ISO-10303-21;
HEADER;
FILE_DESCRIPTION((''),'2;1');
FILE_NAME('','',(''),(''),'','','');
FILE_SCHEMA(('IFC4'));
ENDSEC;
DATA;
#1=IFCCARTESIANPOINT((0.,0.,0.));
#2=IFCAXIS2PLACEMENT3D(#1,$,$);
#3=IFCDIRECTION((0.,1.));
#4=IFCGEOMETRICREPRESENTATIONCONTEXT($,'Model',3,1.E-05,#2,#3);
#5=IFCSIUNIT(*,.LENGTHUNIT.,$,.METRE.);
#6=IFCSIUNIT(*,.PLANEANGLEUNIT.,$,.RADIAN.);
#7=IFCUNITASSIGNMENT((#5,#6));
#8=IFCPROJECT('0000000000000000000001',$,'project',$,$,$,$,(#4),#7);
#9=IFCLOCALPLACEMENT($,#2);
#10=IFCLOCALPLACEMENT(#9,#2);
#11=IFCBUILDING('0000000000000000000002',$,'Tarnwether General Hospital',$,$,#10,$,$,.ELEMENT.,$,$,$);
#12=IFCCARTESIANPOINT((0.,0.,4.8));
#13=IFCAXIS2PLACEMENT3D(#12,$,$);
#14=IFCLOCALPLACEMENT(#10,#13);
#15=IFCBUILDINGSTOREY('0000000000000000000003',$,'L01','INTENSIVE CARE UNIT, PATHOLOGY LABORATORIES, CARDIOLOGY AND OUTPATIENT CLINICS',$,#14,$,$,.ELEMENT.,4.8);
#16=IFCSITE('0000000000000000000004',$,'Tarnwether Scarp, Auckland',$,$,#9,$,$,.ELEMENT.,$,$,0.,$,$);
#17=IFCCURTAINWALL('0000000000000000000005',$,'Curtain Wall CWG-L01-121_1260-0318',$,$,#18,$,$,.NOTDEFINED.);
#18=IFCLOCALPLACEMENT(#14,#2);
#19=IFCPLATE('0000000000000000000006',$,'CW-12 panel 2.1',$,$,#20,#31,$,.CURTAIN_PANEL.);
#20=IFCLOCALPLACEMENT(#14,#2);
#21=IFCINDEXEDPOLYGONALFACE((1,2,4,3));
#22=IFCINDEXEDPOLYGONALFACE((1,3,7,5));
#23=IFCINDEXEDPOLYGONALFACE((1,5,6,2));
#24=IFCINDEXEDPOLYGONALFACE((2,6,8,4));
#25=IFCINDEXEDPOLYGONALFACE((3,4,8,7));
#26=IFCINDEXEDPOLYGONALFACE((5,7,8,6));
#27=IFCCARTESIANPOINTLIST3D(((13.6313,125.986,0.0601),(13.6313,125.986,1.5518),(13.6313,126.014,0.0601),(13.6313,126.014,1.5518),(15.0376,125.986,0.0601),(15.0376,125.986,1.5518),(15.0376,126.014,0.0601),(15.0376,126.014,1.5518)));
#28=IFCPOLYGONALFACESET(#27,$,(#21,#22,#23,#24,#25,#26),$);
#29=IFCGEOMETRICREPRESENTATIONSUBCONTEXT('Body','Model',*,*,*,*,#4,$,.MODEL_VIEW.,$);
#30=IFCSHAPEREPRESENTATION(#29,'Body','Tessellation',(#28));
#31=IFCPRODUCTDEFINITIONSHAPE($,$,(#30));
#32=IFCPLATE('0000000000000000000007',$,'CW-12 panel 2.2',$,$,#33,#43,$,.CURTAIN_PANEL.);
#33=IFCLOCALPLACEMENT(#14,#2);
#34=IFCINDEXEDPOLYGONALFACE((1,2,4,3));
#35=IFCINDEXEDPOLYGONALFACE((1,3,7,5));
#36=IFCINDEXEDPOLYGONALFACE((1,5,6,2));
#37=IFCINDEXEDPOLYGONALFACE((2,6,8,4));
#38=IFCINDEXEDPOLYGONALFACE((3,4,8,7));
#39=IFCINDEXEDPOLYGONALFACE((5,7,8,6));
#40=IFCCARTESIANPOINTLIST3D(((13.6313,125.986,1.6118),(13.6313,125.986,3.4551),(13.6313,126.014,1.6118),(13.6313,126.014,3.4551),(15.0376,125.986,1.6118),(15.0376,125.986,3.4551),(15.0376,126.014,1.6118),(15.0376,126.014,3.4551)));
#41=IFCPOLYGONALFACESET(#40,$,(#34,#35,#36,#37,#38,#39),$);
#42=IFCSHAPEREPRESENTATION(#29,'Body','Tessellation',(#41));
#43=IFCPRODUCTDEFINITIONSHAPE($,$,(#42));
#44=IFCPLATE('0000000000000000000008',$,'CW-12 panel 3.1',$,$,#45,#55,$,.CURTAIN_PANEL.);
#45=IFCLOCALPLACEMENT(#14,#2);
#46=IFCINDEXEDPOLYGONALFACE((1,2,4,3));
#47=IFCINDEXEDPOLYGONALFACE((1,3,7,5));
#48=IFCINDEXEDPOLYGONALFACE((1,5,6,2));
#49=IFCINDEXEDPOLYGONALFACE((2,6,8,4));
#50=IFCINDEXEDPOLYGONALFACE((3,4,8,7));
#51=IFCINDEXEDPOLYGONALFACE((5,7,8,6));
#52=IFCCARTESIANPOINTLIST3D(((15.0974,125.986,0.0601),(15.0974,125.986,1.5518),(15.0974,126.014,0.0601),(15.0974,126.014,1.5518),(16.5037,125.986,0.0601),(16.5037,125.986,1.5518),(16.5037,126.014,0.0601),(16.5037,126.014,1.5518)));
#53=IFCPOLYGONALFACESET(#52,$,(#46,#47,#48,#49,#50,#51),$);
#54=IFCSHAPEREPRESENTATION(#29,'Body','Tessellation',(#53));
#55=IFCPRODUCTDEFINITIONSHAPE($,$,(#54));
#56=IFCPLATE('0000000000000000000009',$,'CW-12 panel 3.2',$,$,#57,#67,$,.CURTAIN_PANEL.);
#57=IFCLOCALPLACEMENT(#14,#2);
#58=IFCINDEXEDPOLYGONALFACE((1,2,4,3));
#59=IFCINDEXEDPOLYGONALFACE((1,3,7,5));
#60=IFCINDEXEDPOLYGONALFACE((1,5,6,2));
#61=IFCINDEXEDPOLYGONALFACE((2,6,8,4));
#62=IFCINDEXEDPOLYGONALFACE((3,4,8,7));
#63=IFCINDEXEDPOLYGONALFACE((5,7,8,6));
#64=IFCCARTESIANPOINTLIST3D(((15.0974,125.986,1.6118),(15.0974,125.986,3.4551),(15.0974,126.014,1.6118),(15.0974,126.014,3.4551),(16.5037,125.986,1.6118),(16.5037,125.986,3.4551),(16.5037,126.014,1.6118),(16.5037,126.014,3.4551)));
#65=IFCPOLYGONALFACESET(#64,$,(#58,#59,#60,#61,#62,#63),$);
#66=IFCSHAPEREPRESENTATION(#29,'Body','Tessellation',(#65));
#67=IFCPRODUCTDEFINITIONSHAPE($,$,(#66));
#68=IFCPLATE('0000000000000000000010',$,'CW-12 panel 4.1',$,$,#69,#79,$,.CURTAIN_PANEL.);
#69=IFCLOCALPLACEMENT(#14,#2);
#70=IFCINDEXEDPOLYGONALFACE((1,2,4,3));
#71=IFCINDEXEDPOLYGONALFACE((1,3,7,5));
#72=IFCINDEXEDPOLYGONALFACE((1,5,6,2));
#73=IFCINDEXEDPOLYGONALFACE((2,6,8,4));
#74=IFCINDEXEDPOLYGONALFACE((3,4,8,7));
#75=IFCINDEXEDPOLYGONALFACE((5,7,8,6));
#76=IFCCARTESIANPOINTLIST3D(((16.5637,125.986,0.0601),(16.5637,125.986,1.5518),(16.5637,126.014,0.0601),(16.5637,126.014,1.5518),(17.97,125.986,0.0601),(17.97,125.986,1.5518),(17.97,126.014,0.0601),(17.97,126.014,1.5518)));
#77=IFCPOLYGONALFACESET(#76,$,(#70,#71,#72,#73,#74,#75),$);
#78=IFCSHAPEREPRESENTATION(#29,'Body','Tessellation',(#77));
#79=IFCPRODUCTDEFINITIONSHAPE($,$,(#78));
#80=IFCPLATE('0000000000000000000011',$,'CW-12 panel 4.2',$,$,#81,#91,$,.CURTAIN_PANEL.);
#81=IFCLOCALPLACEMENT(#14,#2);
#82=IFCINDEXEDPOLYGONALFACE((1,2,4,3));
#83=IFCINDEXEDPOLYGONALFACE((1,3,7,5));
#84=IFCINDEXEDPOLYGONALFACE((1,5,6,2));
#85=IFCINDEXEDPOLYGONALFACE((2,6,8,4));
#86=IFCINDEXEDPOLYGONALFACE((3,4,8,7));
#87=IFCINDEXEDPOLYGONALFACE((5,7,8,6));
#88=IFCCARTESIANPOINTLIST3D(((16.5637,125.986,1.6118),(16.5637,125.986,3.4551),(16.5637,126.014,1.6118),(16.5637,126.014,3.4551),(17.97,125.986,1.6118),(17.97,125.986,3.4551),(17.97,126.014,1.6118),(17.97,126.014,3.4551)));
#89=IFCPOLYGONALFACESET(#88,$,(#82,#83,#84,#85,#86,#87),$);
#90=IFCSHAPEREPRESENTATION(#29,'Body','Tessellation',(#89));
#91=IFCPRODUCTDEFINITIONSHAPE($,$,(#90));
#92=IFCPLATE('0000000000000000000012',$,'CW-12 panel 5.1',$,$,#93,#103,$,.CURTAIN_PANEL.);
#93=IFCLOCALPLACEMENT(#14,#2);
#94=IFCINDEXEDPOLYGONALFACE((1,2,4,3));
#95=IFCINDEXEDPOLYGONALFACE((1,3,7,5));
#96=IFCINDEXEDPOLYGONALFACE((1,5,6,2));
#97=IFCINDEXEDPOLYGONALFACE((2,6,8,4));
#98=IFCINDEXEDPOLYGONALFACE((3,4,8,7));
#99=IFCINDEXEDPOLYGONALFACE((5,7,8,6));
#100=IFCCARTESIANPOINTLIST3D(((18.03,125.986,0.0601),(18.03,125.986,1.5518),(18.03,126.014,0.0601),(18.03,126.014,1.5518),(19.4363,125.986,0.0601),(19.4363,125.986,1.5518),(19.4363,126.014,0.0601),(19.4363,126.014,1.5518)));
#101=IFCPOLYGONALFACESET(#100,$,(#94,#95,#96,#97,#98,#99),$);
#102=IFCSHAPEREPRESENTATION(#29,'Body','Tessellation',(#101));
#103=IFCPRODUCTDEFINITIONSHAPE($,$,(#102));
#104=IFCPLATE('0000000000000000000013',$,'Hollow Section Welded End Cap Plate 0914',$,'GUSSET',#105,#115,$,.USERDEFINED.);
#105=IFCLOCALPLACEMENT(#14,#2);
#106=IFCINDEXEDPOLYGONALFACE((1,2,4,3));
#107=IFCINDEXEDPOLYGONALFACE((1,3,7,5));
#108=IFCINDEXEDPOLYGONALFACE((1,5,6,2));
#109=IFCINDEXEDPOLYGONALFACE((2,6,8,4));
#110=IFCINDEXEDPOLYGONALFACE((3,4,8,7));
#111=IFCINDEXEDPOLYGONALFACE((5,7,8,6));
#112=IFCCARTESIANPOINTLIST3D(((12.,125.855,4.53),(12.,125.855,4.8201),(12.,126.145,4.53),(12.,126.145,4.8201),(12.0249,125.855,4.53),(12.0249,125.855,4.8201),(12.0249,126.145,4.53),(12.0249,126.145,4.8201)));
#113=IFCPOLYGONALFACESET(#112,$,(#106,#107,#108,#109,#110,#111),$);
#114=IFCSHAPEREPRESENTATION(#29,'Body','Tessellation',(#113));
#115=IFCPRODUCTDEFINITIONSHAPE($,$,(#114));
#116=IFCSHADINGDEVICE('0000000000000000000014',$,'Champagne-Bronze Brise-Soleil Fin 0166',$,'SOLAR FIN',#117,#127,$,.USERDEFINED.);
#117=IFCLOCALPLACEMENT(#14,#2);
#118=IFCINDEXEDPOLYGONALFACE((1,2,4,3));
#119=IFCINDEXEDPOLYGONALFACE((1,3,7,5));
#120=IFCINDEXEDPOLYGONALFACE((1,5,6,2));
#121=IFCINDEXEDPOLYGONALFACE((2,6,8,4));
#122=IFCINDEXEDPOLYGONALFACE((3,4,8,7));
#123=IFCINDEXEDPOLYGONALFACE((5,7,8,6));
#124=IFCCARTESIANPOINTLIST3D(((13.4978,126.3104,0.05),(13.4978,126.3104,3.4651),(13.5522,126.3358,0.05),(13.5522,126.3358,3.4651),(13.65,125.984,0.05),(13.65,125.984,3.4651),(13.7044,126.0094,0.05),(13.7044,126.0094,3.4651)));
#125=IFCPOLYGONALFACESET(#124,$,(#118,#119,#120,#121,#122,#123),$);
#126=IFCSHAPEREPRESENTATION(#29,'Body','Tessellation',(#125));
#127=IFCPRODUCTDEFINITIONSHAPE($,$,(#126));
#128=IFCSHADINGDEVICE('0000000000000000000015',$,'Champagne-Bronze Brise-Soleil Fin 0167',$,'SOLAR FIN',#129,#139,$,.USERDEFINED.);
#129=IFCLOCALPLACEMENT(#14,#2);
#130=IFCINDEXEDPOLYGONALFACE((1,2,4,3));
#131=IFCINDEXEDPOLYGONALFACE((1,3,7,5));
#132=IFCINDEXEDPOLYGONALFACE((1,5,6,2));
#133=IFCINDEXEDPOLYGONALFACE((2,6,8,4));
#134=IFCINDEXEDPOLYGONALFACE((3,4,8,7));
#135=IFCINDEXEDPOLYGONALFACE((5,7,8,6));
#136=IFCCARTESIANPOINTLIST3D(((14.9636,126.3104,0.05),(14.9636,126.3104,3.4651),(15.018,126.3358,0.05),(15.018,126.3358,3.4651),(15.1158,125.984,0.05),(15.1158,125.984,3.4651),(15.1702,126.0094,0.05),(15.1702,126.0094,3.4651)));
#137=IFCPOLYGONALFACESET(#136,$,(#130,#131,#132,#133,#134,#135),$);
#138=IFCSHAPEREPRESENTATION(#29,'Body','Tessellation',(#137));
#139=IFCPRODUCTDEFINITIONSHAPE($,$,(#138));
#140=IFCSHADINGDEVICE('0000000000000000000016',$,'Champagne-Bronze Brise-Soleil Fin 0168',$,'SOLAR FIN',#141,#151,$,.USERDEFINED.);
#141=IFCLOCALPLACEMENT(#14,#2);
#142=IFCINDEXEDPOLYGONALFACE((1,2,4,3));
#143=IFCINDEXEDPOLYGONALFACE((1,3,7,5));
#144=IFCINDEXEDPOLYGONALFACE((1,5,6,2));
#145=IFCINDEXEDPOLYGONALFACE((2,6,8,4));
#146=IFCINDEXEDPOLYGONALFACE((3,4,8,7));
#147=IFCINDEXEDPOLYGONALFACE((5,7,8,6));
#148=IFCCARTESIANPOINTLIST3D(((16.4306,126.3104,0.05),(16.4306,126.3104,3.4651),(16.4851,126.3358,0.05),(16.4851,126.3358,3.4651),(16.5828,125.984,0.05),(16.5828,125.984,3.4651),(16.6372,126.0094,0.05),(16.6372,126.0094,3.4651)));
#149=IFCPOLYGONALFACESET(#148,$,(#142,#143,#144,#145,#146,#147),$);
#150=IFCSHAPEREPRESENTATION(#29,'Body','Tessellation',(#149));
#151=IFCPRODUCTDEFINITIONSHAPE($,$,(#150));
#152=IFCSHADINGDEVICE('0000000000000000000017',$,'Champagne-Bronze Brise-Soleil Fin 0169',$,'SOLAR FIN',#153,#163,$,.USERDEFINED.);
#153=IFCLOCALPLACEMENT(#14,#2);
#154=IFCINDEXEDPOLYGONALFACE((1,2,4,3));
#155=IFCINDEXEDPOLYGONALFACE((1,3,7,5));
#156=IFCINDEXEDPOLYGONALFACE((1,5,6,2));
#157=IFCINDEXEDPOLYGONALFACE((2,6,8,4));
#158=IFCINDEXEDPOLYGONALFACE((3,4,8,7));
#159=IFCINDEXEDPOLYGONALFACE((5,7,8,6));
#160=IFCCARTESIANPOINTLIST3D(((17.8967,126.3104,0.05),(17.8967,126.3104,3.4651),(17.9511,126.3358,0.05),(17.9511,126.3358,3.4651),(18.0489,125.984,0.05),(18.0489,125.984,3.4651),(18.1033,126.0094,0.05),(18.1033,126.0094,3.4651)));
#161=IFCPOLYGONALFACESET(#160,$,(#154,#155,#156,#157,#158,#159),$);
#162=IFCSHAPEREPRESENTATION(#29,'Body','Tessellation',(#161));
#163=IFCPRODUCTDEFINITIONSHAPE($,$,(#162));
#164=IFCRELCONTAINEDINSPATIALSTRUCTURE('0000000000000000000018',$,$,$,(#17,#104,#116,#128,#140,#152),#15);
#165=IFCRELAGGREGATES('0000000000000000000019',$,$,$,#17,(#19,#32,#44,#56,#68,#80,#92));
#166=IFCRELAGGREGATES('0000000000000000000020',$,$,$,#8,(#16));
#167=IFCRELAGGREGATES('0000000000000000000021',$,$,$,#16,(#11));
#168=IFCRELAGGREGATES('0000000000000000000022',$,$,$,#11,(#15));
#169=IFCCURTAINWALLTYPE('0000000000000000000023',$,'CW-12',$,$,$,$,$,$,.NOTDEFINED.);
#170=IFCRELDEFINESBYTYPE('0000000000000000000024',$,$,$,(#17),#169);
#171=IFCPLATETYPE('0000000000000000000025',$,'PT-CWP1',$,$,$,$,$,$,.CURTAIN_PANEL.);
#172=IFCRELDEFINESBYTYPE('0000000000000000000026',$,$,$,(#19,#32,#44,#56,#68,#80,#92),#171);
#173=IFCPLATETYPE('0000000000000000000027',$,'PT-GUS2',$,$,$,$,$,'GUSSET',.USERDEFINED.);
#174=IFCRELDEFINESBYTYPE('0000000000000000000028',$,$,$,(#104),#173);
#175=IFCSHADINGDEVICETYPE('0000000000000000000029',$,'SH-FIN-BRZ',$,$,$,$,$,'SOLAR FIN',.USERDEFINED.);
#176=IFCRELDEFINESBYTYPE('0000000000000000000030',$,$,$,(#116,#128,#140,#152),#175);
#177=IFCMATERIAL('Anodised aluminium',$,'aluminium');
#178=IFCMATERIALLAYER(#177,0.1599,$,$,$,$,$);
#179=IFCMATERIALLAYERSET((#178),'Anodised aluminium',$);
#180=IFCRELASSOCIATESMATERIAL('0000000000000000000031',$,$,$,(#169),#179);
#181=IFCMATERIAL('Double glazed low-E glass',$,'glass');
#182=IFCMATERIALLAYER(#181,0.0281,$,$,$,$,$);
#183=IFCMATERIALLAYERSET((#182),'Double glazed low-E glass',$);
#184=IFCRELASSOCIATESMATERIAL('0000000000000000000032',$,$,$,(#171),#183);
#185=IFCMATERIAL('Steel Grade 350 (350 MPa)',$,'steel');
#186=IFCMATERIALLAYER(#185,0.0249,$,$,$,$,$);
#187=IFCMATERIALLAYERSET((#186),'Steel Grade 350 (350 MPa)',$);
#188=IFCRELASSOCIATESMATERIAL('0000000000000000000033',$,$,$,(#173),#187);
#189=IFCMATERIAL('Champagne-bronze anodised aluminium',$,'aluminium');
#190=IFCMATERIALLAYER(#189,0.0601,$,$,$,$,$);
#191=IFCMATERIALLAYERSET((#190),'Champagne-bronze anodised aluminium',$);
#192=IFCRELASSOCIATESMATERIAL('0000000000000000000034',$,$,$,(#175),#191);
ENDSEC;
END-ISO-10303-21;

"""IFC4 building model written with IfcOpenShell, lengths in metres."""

from ifc_helpers import new_model, si_unit, direction, frame, origin, origin_2d, place, context, subcontext, project, spatial, rectangle, extrude, material, layer, layer_set, type_object, element, aggregate, save


model = new_model("IFC4")

# Units and contexts
model_context = context("Model", 3, precision=1e-05, world=origin(), true_north=direction((0.0, 1.0)))
body_context = subcontext(model_context, "Body", "Model", "MODEL_VIEW")
ifc_project = project(units=[si_unit("LENGTHUNIT", "METRE"), si_unit("PLANEANGLEUNIT", "RADIAN")], contexts=[model_context])

# Site, building, storey
site_placement = place(None, origin())
site = spatial("IfcSite", under=ifc_project, at=site_placement, Name="Tarnwether Scarp, Auckland", CompositionType="ELEMENT", RefElevation=0.0)
building_placement = place(site_placement, origin())
building = spatial("IfcBuilding", under=site, at=building_placement, Name="Tarnwether General Hospital", CompositionType="ELEMENT")
storey_placement = place(building_placement, frame((0.0, 0.0, 4.8)))
storey = spatial("IfcBuildingStorey", under=building, at=storey_placement, Name="L01", Description="INTENSIVE CARE UNIT, PATHOLOGY LABORATORIES, CARDIOLOGY AND OUTPATIENT CLINICS", CompositionType="ELEMENT", Elevation=4.8)

# Shared definitions
ifc_material_1 = material(Name="Anodised aluminium", Category="aluminium")
ifc_layer_1 = layer(ifc_material_1, 0.1599)
ifc_layer_set_1 = layer_set([ifc_layer_1], Name="Anodised aluminium")
curtain_wall_type = type_object("IfcCurtainWallType", Name="CW-12", PredefinedType="NOTDEFINED", material=ifc_layer_set_1)

# Curtain wall
curtain_wall_1_placement = place(storey_placement, origin())
curtain_wall_1 = element("IfcCurtainWall", 1, at=curtain_wall_1_placement, inside=storey, type_object=curtain_wall_type, Name="Curtain Wall CWG-L01-121_1260-0318", PredefinedType="NOTDEFINED")

# Plates
ifc_material_2 = material(Name="Double glazed low-E glass", Category="glass")
ifc_layer_2 = layer(ifc_material_2, 0.0281)
ifc_layer_set_2 = layer_set([ifc_layer_2], Name="Double glazed low-E glass")
plate_type_1 = type_object("IfcPlateType", Name="PT-CWP1", PredefinedType="CURTAIN_PANEL", material=ifc_layer_set_2)
plate_1_placement = place(storey_placement, frame((14.3345, 126.0, 0.0601), z_axis=(0.0, 0.0, 1.0), x_axis=(1.0, 0.0, 0.0)))
plate_1 = element("IfcPlate", 2, at=plate_1_placement, type_object=plate_type_1, Name="CW-12 panel 2.1", PredefinedType="CURTAIN_PANEL", context=body_context, shape_type="SweptSolid", body=[
    extrude(rectangle(XDim=1.4062, YDim=0.0281, at=origin_2d()), origin(), (0.0, 0.0, 1.0), 1.4917),
])
plate_2_placement = place(storey_placement, frame((14.3345, 126.0, 1.6118), z_axis=(0.0, 0.0, 1.0), x_axis=(1.0, 0.0, 0.0)))
plate_2 = element("IfcPlate", 3, at=plate_2_placement, type_object=plate_type_1, Name="CW-12 panel 2.2", PredefinedType="CURTAIN_PANEL", context=body_context, shape_type="SweptSolid", body=[
    extrude(rectangle(XDim=1.4062, YDim=0.0281, at=origin_2d()), origin(), (0.0, 0.0, 1.0), 1.8433),
])
plate_3_placement = place(storey_placement, frame((15.8005, 126.0, 0.0601), z_axis=(0.0, 0.0, 1.0), x_axis=(1.0, 0.0, 0.0)))
plate_3 = element("IfcPlate", 4, at=plate_3_placement, type_object=plate_type_1, Name="CW-12 panel 3.1", PredefinedType="CURTAIN_PANEL", context=body_context, shape_type="SweptSolid", body=[
    extrude(rectangle(XDim=1.4062, YDim=0.0281, at=origin_2d()), origin(), (0.0, 0.0, 1.0), 1.4917),
])
plate_4_placement = place(storey_placement, frame((15.8005, 126.0, 1.6118), z_axis=(0.0, 0.0, 1.0), x_axis=(1.0, 0.0, 0.0)))
plate_4 = element("IfcPlate", 5, at=plate_4_placement, type_object=plate_type_1, Name="CW-12 panel 3.2", PredefinedType="CURTAIN_PANEL", context=body_context, shape_type="SweptSolid", body=[
    extrude(rectangle(XDim=1.4062, YDim=0.0281, at=origin_2d()), origin(), (0.0, 0.0, 1.0), 1.8433),
])
plate_5_placement = place(storey_placement, frame((17.2668, 126.0, 0.0601), z_axis=(0.0, 0.0, 1.0), x_axis=(1.0, 0.0, 0.0)))
plate_5 = element("IfcPlate", 6, at=plate_5_placement, type_object=plate_type_1, Name="CW-12 panel 4.1", PredefinedType="CURTAIN_PANEL", context=body_context, shape_type="SweptSolid", body=[
    extrude(rectangle(XDim=1.4062, YDim=0.0281, at=origin_2d()), origin(), (0.0, 0.0, 1.0), 1.4917),
])
plate_6_placement = place(storey_placement, frame((17.2668, 126.0, 1.6118), z_axis=(0.0, 0.0, 1.0), x_axis=(1.0, 0.0, 0.0)))
plate_6 = element("IfcPlate", 7, at=plate_6_placement, type_object=plate_type_1, Name="CW-12 panel 4.2", PredefinedType="CURTAIN_PANEL", context=body_context, shape_type="SweptSolid", body=[
    extrude(rectangle(XDim=1.4062, YDim=0.0281, at=origin_2d()), origin(), (0.0, 0.0, 1.0), 1.8433),
])
plate_7_placement = place(storey_placement, frame((18.7332, 126.0, 0.0601), z_axis=(0.0, 0.0, 1.0), x_axis=(1.0, 0.0, 0.0)))
plate_7 = element("IfcPlate", 8, at=plate_7_placement, type_object=plate_type_1, Name="CW-12 panel 5.1", PredefinedType="CURTAIN_PANEL", context=body_context, shape_type="SweptSolid", body=[
    extrude(rectangle(XDim=1.4062, YDim=0.0281, at=origin_2d()), origin(), (0.0, 0.0, 1.0), 1.4917),
])
aggregate(curtain_wall_1, [plate_1, plate_2, plate_3, plate_4, plate_5, plate_6, plate_7])
ifc_material_3 = material(Name="Steel Grade 350 (350 MPa)", Category="steel")
ifc_layer_3 = layer(ifc_material_3, 0.0249)
ifc_layer_set_3 = layer_set([ifc_layer_3], Name="Steel Grade 350 (350 MPa)")
plate_type_2 = type_object("IfcPlateType", Name="PT-GUS2", ElementType="GUSSET", PredefinedType="USERDEFINED", material=ifc_layer_set_3)
plate_8_placement = place(storey_placement, frame((12.0125, 126.0, 4.53), z_axis=(0.0, 0.0, 1.0), x_axis=(1.0, 0.0, 0.0)))
element("IfcPlate", 9, at=plate_8_placement, inside=storey, type_object=plate_type_2, Name="Hollow Section Welded End Cap Plate 0914", ObjectType="GUSSET", PredefinedType="USERDEFINED", context=body_context, shape_type="SweptSolid", body=[
    extrude(rectangle(XDim=0.0249, YDim=0.29, at=origin_2d()), origin(), (0.0, 0.0, 1.0), 0.29),
])

# Shading devices
ifc_material_4 = material(Name="Champagne-bronze anodised aluminium", Category="aluminium")
ifc_layer_4 = layer(ifc_material_4, 0.0601)
ifc_layer_set_4 = layer_set([ifc_layer_4], Name="Champagne-bronze anodised aluminium")
shading_device_type = type_object("IfcShadingDeviceType", Name="SH-FIN-BRZ", ElementType="SOLAR FIN", PredefinedType="USERDEFINED", material=ifc_layer_set_4)
for number, where, z_axis, x_axis, name in (
    (10, (13.6011, 126.1599, 0.05), (0.0, 0.0, 1.0), (0.906308, 0.422618, 0.0), "Champagne-Bronze Brise-Soleil Fin 0166"),
    (11, (15.0669, 126.1599, 0.05), (0.0, 0.0, 1.0), (0.906308, 0.422618, 0.0), "Champagne-Bronze Brise-Soleil Fin 0167"),
    (12, (16.5339, 126.1599, 0.05), (0.0, 0.0, 1.0), (0.906308, 0.422618, 0.0), "Champagne-Bronze Brise-Soleil Fin 0168"),
    (13, (18.0, 126.1599, 0.05), (0.0, 0.0, 1.0), (0.906308, 0.422618, 0.0), "Champagne-Bronze Brise-Soleil Fin 0169"),
):
    element("IfcShadingDevice", number, at=place(storey_placement, frame(where, z_axis=z_axis, x_axis=x_axis)), inside=storey, type_object=shading_device_type, Name=name, ObjectType="SOLAR FIN", PredefinedType="USERDEFINED", context=body_context, shape_type="SweptSolid", body=[
        extrude(rectangle(XDim=0.0601, YDim=0.3601, at=origin_2d()), origin(), (0.0, 0.0, 1.0), 3.415),
    ])

save(model, "model.ifc")
